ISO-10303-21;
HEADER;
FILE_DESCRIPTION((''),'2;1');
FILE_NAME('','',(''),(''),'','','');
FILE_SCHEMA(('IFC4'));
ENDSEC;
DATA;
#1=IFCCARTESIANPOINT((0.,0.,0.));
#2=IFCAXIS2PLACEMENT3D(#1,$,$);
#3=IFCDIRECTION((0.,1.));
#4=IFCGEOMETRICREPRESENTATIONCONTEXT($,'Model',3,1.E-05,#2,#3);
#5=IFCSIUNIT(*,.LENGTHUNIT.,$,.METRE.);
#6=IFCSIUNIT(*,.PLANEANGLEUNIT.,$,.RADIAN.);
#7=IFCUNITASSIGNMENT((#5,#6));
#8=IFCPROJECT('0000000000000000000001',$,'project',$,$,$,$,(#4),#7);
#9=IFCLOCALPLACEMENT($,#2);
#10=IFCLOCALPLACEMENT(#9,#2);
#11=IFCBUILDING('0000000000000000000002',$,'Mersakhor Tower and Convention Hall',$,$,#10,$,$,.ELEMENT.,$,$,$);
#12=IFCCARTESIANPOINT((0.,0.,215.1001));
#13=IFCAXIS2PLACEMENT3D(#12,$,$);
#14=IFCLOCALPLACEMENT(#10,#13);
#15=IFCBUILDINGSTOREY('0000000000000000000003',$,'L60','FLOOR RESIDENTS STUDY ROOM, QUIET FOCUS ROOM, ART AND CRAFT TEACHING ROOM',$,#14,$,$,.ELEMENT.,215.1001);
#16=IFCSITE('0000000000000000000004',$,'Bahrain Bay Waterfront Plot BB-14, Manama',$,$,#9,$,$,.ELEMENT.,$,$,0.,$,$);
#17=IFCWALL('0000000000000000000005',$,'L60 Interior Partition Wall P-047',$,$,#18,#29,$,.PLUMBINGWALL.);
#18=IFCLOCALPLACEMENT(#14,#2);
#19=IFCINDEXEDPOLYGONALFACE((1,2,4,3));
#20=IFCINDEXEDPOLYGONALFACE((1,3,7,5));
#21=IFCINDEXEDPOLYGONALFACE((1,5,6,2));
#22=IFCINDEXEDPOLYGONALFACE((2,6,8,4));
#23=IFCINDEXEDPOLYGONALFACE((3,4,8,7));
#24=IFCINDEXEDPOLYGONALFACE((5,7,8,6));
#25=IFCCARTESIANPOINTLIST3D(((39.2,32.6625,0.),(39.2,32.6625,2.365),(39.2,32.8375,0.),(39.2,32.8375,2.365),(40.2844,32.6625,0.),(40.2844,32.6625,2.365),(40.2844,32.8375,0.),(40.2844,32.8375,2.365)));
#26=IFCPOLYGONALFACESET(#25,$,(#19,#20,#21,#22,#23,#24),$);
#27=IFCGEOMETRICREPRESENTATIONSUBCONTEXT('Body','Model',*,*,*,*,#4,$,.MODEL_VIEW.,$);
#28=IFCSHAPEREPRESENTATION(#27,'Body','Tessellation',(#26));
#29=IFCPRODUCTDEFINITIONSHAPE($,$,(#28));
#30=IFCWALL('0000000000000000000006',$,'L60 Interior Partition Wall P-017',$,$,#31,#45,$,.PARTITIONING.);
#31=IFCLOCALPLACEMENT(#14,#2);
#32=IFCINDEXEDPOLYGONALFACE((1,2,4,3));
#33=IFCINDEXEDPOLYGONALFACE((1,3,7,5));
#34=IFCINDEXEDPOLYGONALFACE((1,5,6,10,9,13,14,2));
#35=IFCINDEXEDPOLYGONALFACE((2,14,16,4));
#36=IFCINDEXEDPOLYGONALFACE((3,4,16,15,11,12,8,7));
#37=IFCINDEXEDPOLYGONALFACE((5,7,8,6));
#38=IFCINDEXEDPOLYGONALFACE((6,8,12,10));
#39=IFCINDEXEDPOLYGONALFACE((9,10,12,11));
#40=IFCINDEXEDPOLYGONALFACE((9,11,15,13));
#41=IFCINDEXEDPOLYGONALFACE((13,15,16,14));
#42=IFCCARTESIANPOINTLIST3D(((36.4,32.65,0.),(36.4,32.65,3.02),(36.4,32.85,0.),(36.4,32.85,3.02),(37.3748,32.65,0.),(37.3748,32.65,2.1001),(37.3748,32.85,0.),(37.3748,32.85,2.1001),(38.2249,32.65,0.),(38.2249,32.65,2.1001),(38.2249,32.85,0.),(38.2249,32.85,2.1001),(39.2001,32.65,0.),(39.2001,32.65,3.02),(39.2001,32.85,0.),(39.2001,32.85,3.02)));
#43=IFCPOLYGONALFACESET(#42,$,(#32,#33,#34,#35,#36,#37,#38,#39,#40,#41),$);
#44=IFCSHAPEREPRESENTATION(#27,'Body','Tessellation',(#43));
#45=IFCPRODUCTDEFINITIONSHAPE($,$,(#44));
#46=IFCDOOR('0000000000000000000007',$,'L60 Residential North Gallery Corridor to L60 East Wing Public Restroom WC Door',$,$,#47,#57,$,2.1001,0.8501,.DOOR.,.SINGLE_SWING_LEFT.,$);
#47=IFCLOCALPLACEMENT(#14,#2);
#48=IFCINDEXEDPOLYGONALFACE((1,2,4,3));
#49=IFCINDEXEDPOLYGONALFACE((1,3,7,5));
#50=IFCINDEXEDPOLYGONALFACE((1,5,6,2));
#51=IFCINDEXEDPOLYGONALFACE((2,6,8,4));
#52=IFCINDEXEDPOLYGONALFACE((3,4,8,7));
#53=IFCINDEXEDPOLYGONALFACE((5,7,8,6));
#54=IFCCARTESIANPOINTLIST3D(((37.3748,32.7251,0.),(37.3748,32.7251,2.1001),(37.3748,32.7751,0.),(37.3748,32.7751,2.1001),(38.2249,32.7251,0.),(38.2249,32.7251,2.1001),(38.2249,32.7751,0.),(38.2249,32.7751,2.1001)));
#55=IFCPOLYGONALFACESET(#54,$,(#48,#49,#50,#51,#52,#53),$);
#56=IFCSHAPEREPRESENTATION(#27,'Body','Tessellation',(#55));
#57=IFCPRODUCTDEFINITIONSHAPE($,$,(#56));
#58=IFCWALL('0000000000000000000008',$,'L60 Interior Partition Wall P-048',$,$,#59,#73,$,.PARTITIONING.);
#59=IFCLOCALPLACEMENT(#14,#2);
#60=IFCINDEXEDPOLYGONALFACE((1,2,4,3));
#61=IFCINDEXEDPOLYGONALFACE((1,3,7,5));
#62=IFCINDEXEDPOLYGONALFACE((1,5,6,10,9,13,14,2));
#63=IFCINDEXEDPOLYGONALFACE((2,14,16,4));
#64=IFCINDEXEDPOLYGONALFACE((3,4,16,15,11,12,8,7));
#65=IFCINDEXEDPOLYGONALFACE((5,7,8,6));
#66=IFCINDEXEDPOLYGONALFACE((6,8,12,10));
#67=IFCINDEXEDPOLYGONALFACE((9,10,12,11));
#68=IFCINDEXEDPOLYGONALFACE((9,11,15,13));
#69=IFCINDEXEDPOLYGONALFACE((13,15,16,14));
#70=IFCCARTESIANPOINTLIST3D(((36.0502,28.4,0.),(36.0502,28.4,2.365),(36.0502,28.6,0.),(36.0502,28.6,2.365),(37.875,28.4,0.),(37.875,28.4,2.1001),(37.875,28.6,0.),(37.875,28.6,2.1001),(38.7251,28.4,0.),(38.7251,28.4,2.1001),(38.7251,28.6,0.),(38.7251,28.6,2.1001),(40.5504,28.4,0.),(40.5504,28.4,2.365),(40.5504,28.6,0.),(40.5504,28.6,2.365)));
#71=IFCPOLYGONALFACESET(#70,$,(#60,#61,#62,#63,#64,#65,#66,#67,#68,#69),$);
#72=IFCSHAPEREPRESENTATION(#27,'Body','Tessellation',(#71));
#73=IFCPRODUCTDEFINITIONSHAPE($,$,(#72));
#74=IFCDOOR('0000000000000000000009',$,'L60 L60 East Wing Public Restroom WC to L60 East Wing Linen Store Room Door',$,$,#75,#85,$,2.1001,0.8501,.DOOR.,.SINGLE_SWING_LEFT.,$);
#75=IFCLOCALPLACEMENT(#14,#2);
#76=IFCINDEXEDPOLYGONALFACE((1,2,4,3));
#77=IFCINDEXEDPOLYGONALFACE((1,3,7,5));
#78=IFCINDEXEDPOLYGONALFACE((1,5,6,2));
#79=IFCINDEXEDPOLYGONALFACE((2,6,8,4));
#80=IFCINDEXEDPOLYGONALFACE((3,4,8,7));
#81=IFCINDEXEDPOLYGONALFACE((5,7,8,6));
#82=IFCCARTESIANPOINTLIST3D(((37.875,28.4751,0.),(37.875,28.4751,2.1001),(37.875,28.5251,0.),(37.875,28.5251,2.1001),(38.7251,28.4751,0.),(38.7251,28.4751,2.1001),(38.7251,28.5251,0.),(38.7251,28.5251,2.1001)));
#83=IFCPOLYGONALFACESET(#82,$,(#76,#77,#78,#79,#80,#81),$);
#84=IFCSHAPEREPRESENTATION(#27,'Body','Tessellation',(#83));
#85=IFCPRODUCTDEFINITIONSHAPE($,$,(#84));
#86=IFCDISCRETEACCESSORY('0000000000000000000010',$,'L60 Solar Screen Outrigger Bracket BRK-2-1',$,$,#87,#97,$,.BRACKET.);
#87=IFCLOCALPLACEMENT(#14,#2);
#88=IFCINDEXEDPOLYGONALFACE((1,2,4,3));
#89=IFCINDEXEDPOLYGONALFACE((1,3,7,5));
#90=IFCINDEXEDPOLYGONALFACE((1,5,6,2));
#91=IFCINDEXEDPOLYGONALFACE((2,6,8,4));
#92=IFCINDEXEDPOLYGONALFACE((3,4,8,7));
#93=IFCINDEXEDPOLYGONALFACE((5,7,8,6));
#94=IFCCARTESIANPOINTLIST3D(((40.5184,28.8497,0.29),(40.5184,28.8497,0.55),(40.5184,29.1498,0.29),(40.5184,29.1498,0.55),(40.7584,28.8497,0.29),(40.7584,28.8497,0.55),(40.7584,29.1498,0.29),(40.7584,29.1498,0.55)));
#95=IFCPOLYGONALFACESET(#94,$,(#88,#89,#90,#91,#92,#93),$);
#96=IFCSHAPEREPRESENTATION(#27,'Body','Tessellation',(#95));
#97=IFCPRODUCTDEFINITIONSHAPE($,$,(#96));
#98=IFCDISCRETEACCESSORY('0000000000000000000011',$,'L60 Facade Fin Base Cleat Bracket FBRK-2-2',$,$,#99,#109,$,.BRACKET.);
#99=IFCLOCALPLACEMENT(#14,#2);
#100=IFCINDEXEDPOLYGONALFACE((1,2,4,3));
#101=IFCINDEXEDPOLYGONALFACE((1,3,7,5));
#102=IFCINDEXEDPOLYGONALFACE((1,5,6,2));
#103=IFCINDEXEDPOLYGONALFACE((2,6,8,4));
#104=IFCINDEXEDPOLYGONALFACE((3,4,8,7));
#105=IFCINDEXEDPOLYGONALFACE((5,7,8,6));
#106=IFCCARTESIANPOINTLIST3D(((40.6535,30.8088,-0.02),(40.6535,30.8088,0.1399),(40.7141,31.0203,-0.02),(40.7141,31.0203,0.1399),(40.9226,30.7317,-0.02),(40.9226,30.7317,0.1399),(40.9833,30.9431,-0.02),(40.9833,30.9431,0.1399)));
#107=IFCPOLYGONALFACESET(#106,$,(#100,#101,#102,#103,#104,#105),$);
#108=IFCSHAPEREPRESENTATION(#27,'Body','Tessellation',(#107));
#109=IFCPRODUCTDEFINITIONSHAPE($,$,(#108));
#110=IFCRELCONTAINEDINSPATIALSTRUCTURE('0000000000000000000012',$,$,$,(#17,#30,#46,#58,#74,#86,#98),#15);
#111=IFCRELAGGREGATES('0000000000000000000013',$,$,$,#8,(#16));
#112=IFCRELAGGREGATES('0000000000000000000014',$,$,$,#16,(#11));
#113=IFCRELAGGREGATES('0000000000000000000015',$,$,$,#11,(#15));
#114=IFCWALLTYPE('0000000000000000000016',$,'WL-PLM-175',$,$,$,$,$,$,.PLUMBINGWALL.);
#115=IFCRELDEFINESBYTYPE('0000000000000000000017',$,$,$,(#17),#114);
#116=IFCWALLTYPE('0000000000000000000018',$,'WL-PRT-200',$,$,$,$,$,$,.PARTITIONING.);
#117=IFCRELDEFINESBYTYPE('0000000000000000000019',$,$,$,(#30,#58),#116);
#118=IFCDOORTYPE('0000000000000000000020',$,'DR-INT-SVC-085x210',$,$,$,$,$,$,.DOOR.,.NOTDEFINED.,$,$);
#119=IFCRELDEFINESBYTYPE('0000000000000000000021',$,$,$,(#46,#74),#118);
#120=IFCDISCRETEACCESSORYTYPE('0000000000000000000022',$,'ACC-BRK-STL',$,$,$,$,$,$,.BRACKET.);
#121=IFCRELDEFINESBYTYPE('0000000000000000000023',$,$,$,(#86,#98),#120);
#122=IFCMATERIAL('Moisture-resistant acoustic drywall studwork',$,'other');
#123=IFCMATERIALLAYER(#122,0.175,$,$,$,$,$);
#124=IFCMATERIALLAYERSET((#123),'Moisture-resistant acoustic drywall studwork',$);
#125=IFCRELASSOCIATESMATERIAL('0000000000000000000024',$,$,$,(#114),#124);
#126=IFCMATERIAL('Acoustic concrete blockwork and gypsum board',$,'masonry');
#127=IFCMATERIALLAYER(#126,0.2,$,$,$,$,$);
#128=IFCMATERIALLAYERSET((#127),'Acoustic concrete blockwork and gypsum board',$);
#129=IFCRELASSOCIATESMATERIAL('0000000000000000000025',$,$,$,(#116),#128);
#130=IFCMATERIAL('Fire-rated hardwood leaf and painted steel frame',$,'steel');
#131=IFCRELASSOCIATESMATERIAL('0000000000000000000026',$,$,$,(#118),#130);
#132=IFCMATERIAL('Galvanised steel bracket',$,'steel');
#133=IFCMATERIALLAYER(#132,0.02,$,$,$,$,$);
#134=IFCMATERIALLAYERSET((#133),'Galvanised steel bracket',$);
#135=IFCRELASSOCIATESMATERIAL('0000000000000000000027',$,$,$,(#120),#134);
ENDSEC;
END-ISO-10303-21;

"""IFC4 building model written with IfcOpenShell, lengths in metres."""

from ifc_helpers import new_model, si_unit, direction, frame, frame_2d, origin, origin_2d, place, context, subcontext, project, spatial, rectangle, extrude, material, layer, layer_set, type_object, element, fill, save


model = new_model("IFC4")

# Units and contexts
model_context = context("Model", 3, precision=1e-05, world=origin(), true_north=direction((0.0, 1.0)))
body_context = subcontext(model_context, "Body", "Model", "MODEL_VIEW")
ifc_project = project(units=[si_unit("LENGTHUNIT", "METRE"), si_unit("PLANEANGLEUNIT", "RADIAN")], contexts=[model_context])

# Site, building, storey
site_placement = place(None, origin())
site = spatial("IfcSite", under=ifc_project, at=site_placement, Name="Bahrain Bay Waterfront Plot BB-14, Manama", CompositionType="ELEMENT", RefElevation=0.0)
building_placement = place(site_placement, origin())
building = spatial("IfcBuilding", under=site, at=building_placement, Name="Mersakhor Tower and Convention Hall", CompositionType="ELEMENT")
storey_placement = place(building_placement, frame((0.0, 0.0, 215.1001)))
storey = spatial("IfcBuildingStorey", under=building, at=storey_placement, Name="L60", Description="FLOOR RESIDENTS STUDY ROOM, QUIET FOCUS ROOM, ART AND CRAFT TEACHING ROOM", CompositionType="ELEMENT", Elevation=215.1001)

# Wall
ifc_material_1 = material(Name="Moisture-resistant acoustic drywall studwork", Category="other")
ifc_layer_1 = layer(ifc_material_1, 0.175)
ifc_layer_set_1 = layer_set([ifc_layer_1], Name="Moisture-resistant acoustic drywall studwork")
wall_type_1 = type_object("IfcWallType", Name="WL-PLM-175", PredefinedType="PLUMBINGWALL", material=ifc_layer_set_1)
wall_1_placement = place(storey_placement, frame((39.2, 32.75, 0.0), z_axis=(0.0, 0.0, 1.0), x_axis=(1.0, 0.0, 0.0)))
element("IfcWall", 1, at=wall_1_placement, inside=storey, type_object=wall_type_1, Name="L60 Interior Partition Wall P-047", PredefinedType="PLUMBINGWALL", context=body_context, shape_type="SweptSolid", body=[
    extrude(rectangle(XDim=1.0845, YDim=0.175, at=frame_2d((0.5422, 0.0))), origin(), (0.0, 0.0, 1.0), 2.365),
])

# Walls, openings, doors
ifc_material_2 = material(Name="Acoustic concrete blockwork and gypsum board", Category="masonry")
ifc_layer_2 = layer(ifc_material_2, 0.2)
ifc_layer_set_2 = layer_set([ifc_layer_2], Name="Acoustic concrete blockwork and gypsum board")
wall_type_2 = type_object("IfcWallType", Name="WL-PRT-200", PredefinedType="PARTITIONING", material=ifc_layer_set_2)
wall_2_placement = place(storey_placement, frame((39.2, 32.75, 0.0), z_axis=(0.0, 0.0, 1.0), x_axis=(-1.0, 0.0, 0.0)))
wall_2 = element("IfcWall", 2, at=wall_2_placement, inside=storey, type_object=wall_type_2, Name="L60 Interior Partition Wall P-017", PredefinedType="PARTITIONING", context=body_context, shape_type="SweptSolid", body=[
    extrude(rectangle(XDim=2.8, YDim=0.2, at=frame_2d((1.3999, 0.0))), origin(), (0.0, 0.0, 1.0), 3.02),
])
opening_1_placement = place(wall_2_placement, frame((0.9751, 0.0, 0.0)))
opening_1 = element("IfcOpeningElement", 3, at=opening_1_placement, cuts=wall_2, PredefinedType="OPENING", context=body_context, shape_type="SweptSolid", body=[
    extrude(rectangle(XDim=0.8501, YDim=2.1001, at=frame_2d((0.425, 1.05))), frame((0.0, 0.1099, 0.0), z_axis=(0.0, -1.0, 0.0), x_axis=(1.0, 0.0, 0.0)), (0.0, 0.0, 1.0), 0.22),
])
ifc_material_3 = material(Name="Fire-rated hardwood leaf and painted steel frame", Category="steel")
door_type = type_object("IfcDoorType", Name="DR-INT-SVC-085x210", OperationType="NOTDEFINED", PredefinedType="DOOR", material=ifc_material_3)
door_1_placement = place(opening_1_placement, origin())
door_1 = element("IfcDoor", 4, at=door_1_placement, inside=storey, type_object=door_type, Name="L60 Residential North Gallery Corridor to L60 East Wing Public Restroom WC Door", OperationType="SINGLE_SWING_LEFT", OverallHeight=2.1001, OverallWidth=0.8501, PredefinedType="DOOR", context=body_context, shape_type="SweptSolid", body=[
    extrude(rectangle(XDim=0.8501, YDim=2.1001, at=frame_2d((0.425, 1.05))), frame((0.0, 0.0249, 0.0), z_axis=(0.0, -1.0, 0.0), x_axis=(1.0, 0.0, 0.0)), (0.0, 0.0, 1.0), 0.05),
])
fill(opening_1, door_1)
wall_3_placement = place(storey_placement, frame((40.5503, 28.5, 0.0), z_axis=(0.0, 0.0, 1.0), x_axis=(-1.0, 0.0, 0.0)))
wall_3 = element("IfcWall", 5, at=wall_3_placement, inside=storey, type_object=wall_type_2, Name="L60 Interior Partition Wall P-048", PredefinedType="PARTITIONING", context=body_context, shape_type="SweptSolid", body=[
    extrude(rectangle(XDim=4.5002, YDim=0.2, at=frame_2d((2.25, 0.0))), origin(), (0.0, 0.0, 1.0), 2.365),
])
opening_2_placement = place(wall_3_placement, frame((1.8252, 0.0, 0.0)))
opening_2 = element("IfcOpeningElement", 6, at=opening_2_placement, cuts=wall_3, PredefinedType="OPENING", context=body_context, shape_type="SweptSolid", body=[
    extrude(rectangle(XDim=0.8501, YDim=2.1001, at=frame_2d((0.425, 1.05))), frame((0.0, 0.1099, 0.0), z_axis=(0.0, -1.0, 0.0), x_axis=(1.0, 0.0, 0.0)), (0.0, 0.0, 1.0), 0.22),
])
door_2_placement = place(opening_2_placement, origin())
door_2 = element("IfcDoor", 7, at=door_2_placement, inside=storey, type_object=door_type, Name="L60 L60 East Wing Public Restroom WC to L60 East Wing Linen Store Room Door", OperationType="SINGLE_SWING_LEFT", OverallHeight=2.1001, OverallWidth=0.8501, PredefinedType="DOOR", context=body_context, shape_type="SweptSolid", body=[
    extrude(rectangle(XDim=0.8501, YDim=2.1001, at=frame_2d((0.425, 1.05))), frame((0.0, 0.0249, 0.0), z_axis=(0.0, -1.0, 0.0), x_axis=(1.0, 0.0, 0.0)), (0.0, 0.0, 1.0), 0.05),
])
fill(opening_2, door_2)

# Discrete accessories
ifc_material_4 = material(Name="Galvanised steel bracket", Category="steel")
ifc_layer_3 = layer(ifc_material_4, 0.02)
ifc_layer_set_3 = layer_set([ifc_layer_3], Name="Galvanised steel bracket")
discrete_accessory_type = type_object("IfcDiscreteAccessoryType", Name="ACC-BRK-STL", PredefinedType="BRACKET", material=ifc_layer_set_3)
discrete_accessory_1_placement = place(storey_placement, frame((40.6384, 28.9998, 0.29), z_axis=(0.0, 0.0, 1.0), x_axis=(0.0, -1.0, 0.0)))
element("IfcDiscreteAccessory", 8, at=discrete_accessory_1_placement, inside=storey, type_object=discrete_accessory_type, Name="L60 Solar Screen Outrigger Bracket BRK-2-1", PredefinedType="BRACKET", context=body_context, shape_type="SweptSolid", body=[
    extrude(rectangle(XDim=0.3, YDim=0.24, at=origin_2d()), origin(), (0.0, 0.0, 1.0), 0.26),
])
discrete_accessory_2_placement = place(storey_placement, frame((40.8184, 30.876, -0.02), z_axis=(0.0, 0.0, 1.0), x_axis=(0.961262, -0.275637, 0.0)))
element("IfcDiscreteAccessory", 9, at=discrete_accessory_2_placement, inside=storey, type_object=discrete_accessory_type, Name="L60 Facade Fin Base Cleat Bracket FBRK-2-2", PredefinedType="BRACKET", context=body_context, shape_type="SweptSolid", body=[
    extrude(rectangle(XDim=0.28, YDim=0.22, at=origin_2d()), origin(), (0.0, 0.0, 1.0), 0.1599),
])

save(model, "model.ifc")
